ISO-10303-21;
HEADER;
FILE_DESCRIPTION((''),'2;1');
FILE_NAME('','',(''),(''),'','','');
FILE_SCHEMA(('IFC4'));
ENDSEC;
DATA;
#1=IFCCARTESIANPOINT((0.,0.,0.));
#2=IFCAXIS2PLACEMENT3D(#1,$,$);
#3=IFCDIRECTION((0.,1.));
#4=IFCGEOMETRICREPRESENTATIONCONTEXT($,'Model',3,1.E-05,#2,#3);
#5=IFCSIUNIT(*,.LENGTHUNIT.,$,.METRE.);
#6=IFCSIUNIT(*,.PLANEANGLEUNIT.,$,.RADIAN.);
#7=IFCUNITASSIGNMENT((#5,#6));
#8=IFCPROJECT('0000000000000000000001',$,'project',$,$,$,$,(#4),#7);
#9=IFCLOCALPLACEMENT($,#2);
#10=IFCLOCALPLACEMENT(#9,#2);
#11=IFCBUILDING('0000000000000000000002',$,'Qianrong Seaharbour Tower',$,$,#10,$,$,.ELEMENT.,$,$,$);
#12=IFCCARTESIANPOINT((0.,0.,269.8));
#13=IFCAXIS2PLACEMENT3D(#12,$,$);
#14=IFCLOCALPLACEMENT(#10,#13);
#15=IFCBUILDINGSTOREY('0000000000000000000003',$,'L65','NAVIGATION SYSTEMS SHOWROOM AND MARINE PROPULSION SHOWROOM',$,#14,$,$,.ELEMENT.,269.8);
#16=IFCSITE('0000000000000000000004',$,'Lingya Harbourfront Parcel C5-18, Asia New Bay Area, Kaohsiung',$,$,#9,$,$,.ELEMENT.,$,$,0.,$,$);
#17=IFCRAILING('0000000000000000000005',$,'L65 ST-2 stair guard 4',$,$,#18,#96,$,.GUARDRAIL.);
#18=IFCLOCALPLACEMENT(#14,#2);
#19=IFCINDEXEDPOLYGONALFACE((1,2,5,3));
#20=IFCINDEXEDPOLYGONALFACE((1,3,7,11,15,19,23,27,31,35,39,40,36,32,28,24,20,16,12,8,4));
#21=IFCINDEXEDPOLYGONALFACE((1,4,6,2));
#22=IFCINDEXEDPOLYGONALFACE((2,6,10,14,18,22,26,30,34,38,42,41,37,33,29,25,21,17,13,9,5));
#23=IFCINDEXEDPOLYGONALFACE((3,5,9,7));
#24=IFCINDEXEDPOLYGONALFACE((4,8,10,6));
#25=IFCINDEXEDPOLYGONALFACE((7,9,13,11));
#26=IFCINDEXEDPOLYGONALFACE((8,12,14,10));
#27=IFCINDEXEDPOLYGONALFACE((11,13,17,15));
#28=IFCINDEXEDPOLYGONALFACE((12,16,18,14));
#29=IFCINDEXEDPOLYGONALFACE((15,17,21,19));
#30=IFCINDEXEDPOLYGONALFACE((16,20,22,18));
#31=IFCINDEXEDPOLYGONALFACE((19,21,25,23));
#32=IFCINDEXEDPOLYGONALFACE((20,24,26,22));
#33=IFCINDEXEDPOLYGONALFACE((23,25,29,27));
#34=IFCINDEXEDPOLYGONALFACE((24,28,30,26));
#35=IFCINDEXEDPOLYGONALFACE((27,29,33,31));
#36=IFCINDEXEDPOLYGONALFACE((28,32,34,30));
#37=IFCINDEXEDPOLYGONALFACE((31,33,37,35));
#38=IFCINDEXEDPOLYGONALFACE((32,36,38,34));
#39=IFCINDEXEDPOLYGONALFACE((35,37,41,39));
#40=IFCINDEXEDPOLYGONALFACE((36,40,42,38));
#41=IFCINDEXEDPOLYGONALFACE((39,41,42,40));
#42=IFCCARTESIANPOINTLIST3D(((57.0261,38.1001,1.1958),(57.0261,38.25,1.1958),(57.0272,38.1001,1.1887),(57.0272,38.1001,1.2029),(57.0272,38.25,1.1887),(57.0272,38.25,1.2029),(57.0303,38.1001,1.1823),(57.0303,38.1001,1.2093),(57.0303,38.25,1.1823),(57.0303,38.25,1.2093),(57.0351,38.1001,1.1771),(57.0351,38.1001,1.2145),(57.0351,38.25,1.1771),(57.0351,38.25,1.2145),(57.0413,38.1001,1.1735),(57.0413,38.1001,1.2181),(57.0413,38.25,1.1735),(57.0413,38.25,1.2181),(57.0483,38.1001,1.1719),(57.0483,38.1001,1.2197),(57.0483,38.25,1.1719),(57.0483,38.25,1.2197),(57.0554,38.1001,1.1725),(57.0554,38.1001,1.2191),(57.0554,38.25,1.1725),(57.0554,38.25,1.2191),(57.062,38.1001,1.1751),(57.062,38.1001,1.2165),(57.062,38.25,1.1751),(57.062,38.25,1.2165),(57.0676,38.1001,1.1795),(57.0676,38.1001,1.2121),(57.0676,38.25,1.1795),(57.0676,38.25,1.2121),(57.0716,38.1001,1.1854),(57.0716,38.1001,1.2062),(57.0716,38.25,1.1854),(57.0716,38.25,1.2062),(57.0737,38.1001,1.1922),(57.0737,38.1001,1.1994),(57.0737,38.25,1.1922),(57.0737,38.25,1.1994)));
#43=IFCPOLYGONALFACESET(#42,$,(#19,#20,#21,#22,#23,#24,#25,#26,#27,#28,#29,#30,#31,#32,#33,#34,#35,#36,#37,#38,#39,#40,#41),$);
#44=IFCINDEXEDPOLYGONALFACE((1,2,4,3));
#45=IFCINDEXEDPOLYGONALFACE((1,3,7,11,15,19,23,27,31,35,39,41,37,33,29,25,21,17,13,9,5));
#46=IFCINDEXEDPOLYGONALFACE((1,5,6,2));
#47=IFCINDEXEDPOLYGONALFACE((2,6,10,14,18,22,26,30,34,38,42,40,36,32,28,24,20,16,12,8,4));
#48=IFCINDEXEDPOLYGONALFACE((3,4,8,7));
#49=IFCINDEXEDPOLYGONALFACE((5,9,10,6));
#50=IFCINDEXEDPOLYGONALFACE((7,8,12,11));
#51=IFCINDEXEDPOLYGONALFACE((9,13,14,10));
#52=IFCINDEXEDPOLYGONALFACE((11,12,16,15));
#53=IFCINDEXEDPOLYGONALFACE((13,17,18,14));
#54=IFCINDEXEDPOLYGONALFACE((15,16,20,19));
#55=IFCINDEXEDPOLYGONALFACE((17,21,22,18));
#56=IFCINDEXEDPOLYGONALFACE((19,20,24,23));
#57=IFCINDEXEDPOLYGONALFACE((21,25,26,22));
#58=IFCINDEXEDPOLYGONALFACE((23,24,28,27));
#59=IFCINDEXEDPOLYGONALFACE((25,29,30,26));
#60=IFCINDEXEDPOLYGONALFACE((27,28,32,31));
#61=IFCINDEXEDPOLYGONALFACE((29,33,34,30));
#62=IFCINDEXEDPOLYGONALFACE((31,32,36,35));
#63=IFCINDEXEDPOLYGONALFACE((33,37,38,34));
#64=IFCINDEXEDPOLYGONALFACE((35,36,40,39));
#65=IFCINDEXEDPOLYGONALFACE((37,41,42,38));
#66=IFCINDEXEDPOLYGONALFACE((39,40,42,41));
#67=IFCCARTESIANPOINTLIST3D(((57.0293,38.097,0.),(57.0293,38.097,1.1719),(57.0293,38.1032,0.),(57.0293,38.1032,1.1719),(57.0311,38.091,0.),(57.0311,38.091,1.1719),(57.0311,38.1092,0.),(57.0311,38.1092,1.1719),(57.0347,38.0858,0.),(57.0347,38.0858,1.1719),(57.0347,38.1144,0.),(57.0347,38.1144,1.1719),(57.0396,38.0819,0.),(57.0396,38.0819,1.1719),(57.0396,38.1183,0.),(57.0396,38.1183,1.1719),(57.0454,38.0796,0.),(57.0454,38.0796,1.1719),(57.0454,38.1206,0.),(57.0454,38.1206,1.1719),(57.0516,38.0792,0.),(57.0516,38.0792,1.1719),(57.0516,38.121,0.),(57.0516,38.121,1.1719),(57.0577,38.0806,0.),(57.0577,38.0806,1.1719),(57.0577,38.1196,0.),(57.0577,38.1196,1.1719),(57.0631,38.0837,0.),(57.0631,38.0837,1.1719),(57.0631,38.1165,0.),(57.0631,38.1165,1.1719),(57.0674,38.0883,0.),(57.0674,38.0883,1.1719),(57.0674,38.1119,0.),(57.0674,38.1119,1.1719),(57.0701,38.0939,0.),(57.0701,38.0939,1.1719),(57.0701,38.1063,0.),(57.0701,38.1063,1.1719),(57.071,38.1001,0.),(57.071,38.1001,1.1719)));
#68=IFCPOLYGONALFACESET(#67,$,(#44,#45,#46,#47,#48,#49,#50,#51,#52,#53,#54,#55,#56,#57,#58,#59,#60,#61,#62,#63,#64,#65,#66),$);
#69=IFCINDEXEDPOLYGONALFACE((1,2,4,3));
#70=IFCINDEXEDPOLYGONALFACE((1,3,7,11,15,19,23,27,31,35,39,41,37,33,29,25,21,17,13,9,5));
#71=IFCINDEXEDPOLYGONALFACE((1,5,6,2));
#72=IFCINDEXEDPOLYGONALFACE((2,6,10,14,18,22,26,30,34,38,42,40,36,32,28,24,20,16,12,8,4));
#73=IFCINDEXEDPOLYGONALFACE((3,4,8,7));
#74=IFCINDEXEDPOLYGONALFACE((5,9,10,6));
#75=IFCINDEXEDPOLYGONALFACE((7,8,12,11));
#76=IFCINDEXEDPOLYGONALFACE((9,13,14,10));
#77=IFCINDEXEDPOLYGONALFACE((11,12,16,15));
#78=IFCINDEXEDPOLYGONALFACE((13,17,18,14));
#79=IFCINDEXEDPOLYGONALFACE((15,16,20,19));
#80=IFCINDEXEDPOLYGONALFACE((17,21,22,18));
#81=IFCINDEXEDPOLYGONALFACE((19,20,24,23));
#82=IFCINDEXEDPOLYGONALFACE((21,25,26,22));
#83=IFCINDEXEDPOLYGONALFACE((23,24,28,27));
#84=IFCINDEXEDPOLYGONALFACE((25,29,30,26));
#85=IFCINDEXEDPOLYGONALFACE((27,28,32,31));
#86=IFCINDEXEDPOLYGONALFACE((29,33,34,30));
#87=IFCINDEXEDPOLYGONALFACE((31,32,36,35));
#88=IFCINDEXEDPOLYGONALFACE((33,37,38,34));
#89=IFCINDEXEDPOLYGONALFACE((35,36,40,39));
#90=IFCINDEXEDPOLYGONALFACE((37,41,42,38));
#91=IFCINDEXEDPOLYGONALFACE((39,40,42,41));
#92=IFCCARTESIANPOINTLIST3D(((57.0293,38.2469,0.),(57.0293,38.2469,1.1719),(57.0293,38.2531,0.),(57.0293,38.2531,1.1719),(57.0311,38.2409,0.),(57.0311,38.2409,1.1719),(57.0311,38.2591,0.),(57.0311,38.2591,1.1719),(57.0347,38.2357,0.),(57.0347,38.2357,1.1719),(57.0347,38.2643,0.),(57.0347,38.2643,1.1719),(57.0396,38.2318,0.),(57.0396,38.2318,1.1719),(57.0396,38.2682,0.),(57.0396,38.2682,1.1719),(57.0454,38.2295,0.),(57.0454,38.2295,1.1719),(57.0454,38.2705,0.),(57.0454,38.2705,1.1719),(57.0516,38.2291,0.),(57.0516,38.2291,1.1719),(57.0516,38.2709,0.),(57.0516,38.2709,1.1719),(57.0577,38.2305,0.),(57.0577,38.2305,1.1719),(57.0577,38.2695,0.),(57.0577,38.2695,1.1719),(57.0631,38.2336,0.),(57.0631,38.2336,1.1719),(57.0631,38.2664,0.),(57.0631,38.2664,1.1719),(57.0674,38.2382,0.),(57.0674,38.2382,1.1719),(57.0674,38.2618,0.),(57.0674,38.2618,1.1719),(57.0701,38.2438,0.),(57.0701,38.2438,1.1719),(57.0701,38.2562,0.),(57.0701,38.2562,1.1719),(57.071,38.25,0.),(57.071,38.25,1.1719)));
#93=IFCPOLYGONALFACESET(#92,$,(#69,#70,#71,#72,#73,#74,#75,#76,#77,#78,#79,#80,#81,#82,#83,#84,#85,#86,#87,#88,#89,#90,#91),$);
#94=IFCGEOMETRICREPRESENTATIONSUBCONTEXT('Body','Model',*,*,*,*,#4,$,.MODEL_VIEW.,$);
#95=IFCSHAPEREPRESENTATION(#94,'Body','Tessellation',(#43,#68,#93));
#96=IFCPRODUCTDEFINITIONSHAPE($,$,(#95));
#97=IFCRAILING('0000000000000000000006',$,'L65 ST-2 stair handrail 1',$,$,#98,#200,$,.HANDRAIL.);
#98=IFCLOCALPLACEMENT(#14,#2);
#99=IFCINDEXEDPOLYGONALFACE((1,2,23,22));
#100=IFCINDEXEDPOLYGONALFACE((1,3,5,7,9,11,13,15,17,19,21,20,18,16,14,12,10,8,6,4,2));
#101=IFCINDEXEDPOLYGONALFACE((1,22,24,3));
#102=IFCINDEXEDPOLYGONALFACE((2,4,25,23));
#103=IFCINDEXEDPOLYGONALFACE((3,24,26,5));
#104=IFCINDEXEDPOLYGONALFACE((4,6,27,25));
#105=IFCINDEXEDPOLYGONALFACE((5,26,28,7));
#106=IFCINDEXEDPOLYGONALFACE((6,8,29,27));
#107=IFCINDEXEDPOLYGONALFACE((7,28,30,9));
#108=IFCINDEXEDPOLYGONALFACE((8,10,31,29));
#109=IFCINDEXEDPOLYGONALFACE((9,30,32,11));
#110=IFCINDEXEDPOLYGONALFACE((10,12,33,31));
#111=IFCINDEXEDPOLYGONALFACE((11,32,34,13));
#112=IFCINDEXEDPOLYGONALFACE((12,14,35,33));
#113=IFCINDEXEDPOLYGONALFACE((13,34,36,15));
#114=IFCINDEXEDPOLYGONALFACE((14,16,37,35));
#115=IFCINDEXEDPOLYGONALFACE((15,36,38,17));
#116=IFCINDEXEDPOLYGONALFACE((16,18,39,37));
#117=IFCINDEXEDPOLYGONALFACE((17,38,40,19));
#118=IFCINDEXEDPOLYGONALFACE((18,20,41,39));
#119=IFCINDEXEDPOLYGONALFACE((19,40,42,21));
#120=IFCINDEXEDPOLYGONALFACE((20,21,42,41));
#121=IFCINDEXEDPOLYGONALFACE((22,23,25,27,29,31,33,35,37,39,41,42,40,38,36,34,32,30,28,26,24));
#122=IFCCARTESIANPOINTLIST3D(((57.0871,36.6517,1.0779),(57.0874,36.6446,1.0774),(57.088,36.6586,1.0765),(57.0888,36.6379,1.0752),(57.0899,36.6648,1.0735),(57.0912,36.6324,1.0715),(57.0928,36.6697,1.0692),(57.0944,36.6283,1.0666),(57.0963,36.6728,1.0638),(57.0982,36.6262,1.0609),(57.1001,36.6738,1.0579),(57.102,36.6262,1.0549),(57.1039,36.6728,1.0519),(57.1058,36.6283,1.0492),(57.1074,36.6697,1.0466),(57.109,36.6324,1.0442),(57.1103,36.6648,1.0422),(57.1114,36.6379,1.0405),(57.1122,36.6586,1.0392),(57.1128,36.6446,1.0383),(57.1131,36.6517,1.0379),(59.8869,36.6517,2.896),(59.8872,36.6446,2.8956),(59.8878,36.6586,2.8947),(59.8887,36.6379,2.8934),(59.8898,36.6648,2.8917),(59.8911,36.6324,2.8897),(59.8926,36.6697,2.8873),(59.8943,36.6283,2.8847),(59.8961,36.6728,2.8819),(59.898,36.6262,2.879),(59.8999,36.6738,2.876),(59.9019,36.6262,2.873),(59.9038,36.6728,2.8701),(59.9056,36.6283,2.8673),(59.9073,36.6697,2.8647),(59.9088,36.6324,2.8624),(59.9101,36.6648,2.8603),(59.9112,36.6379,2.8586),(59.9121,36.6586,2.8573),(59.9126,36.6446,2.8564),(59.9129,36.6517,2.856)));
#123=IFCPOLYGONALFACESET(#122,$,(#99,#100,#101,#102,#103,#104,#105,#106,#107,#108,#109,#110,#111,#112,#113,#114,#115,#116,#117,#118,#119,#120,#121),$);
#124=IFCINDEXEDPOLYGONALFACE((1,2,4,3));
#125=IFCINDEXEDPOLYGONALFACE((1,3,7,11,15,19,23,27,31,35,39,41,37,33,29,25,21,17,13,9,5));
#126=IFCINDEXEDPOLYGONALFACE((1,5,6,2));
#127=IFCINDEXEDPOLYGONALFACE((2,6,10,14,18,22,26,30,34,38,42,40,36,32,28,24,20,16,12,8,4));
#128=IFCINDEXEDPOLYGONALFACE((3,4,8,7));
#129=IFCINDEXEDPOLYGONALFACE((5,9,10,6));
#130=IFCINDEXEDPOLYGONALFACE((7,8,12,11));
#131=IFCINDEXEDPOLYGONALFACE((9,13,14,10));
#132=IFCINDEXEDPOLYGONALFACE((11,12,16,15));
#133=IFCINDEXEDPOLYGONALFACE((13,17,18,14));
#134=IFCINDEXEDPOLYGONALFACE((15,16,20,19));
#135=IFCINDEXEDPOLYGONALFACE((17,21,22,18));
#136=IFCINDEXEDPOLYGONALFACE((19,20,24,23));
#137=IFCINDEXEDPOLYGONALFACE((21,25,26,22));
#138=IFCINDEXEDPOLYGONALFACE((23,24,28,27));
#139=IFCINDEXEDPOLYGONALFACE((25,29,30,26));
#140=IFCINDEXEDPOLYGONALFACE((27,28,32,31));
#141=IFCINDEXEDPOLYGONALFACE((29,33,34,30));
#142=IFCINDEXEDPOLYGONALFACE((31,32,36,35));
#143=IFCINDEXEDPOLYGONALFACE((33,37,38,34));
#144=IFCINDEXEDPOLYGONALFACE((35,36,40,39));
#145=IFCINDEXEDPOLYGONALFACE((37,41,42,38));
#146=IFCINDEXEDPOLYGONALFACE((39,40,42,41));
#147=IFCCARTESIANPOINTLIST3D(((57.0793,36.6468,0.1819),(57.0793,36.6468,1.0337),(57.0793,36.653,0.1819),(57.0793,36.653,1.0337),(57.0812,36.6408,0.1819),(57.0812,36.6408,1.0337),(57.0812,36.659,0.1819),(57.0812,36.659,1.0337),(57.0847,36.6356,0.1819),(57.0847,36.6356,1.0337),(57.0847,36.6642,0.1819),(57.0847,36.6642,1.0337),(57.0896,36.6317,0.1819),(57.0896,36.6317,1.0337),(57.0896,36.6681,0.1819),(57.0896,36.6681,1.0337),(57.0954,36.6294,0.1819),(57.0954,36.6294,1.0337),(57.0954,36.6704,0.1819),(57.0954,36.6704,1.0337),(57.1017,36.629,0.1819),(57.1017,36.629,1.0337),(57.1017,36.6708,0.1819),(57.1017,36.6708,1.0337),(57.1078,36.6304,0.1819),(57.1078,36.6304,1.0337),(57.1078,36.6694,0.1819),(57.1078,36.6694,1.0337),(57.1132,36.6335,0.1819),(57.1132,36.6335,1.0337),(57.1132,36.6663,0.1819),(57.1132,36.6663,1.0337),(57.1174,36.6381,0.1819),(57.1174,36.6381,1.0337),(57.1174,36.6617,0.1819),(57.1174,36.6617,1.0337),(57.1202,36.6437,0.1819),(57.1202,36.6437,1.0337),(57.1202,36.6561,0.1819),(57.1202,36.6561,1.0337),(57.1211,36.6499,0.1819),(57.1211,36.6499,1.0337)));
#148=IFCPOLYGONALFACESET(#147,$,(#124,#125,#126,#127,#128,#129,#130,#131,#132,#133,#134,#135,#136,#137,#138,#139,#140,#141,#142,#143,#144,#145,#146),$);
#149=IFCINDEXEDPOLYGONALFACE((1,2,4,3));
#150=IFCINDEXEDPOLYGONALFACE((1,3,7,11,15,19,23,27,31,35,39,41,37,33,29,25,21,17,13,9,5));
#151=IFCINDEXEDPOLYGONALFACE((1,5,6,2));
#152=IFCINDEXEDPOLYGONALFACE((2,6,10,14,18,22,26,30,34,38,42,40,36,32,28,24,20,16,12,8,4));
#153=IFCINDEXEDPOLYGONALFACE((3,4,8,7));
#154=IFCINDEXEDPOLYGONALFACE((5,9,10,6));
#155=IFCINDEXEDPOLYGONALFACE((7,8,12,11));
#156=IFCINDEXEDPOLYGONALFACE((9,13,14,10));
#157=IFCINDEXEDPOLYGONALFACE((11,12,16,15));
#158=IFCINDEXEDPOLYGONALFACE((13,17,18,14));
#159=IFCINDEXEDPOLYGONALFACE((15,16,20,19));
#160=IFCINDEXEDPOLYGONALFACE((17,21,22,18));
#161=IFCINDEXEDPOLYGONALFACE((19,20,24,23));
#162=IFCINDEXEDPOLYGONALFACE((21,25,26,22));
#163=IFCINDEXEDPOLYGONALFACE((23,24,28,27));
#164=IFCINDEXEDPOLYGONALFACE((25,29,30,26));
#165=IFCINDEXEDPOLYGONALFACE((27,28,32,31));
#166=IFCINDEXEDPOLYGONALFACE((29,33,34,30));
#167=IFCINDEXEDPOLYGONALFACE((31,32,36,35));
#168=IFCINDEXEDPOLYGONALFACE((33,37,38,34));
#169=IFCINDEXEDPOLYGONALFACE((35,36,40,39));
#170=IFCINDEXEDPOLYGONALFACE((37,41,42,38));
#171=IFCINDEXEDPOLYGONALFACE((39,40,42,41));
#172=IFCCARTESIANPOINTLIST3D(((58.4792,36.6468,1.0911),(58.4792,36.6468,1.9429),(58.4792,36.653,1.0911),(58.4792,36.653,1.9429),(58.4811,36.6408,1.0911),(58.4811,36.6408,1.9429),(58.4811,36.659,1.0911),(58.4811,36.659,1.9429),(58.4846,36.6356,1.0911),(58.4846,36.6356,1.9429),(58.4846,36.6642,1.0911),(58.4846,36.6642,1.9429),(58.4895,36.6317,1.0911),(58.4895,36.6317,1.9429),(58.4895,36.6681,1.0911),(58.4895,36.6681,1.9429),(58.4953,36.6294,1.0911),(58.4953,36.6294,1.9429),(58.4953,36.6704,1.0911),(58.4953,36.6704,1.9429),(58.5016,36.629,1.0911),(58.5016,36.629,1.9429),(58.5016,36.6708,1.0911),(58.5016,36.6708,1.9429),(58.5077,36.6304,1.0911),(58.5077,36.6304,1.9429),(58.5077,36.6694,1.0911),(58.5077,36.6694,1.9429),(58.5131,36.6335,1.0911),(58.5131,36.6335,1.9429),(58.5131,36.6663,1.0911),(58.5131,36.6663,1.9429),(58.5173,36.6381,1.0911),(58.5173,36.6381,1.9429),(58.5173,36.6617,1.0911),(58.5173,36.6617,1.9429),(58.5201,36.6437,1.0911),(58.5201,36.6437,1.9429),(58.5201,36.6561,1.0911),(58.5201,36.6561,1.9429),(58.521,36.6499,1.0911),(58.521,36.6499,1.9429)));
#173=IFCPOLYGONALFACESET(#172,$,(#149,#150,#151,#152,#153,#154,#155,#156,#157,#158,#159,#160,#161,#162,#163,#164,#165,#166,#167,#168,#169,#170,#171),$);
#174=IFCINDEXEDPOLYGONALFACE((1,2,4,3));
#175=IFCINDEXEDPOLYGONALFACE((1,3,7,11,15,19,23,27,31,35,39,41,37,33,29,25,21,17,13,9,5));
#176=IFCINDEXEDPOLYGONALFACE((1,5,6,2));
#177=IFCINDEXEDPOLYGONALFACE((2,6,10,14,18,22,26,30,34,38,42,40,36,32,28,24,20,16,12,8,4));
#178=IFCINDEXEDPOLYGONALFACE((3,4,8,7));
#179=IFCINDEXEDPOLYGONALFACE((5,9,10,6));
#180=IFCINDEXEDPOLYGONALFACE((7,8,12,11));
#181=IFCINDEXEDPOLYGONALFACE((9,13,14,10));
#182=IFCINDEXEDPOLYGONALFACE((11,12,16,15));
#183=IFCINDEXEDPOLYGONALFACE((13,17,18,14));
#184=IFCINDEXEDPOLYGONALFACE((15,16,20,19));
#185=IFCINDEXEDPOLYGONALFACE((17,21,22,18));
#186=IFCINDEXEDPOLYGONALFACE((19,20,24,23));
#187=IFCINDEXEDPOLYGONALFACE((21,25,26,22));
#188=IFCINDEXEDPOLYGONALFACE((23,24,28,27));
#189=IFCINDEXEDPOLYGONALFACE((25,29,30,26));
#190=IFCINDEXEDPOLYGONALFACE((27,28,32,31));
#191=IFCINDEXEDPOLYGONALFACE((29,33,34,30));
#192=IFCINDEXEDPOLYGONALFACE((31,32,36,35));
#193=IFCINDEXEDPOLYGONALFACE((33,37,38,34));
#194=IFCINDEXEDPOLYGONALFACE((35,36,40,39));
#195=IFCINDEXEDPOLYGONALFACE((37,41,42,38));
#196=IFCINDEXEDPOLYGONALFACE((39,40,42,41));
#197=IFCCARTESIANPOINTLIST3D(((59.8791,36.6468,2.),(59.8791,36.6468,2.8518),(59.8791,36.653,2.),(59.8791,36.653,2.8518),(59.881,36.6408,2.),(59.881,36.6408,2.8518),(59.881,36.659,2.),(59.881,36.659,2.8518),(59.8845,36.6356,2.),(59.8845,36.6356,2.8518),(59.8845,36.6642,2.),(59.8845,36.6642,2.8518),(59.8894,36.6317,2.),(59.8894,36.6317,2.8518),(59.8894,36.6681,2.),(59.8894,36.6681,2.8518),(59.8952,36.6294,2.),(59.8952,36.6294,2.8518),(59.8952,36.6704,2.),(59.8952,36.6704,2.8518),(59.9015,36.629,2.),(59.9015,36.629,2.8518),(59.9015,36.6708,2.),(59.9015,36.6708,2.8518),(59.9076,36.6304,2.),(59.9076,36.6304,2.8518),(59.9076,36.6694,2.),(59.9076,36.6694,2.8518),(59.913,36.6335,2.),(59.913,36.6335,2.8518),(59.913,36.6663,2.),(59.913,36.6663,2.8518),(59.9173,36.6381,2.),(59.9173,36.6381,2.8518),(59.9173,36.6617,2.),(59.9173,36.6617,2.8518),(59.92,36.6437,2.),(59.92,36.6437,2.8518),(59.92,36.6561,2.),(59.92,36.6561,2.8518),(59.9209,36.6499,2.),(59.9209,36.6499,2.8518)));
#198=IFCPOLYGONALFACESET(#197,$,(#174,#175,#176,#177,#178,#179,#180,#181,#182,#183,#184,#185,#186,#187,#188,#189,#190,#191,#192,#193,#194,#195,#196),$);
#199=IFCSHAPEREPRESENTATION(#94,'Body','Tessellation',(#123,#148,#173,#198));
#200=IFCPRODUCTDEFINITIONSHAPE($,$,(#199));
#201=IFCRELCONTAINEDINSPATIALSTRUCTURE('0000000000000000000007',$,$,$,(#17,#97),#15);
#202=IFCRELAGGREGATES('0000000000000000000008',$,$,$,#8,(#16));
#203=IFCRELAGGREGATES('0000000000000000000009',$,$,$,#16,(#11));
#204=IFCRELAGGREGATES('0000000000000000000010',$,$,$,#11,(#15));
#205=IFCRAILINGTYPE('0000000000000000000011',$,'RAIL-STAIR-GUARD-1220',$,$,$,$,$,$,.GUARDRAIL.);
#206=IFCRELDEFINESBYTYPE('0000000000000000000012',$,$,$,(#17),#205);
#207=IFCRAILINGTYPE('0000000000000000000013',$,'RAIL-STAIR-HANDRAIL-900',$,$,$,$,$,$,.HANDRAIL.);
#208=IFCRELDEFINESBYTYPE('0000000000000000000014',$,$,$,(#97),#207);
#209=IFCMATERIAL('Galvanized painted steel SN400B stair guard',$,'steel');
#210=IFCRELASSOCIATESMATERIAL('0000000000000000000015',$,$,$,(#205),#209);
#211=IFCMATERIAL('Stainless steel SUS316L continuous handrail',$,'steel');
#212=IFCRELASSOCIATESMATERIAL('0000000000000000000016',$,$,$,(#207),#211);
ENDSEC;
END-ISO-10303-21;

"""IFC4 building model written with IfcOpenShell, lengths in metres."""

from ifc_helpers import new_model, si_unit, direction, frame, origin, origin_2d, place, context, subcontext, project, spatial, circle, extrude, material, type_object, element, save


model = new_model("IFC4")

# Units and contexts
model_context = context("Model", 3, precision=1e-05, world=origin(), true_north=direction((0.0, 1.0)))
body_context = subcontext(model_context, "Body", "Model", "MODEL_VIEW")
ifc_project = project(units=[si_unit("LENGTHUNIT", "METRE"), si_unit("PLANEANGLEUNIT", "RADIAN")], contexts=[model_context])

# Site, building, storey
site_placement = place(None, origin())
site = spatial("IfcSite", under=ifc_project, at=site_placement, Name="Lingya Harbourfront Parcel C5-18, Asia New Bay Area, Kaohsiung", CompositionType="ELEMENT", RefElevation=0.0)
building_placement = place(site_placement, origin())
building = spatial("IfcBuilding", under=site, at=building_placement, Name="Qianrong Seaharbour Tower", CompositionType="ELEMENT")
storey_placement = place(building_placement, frame((0.0, 0.0, 269.8)))
storey = spatial("IfcBuildingStorey", under=building, at=storey_placement, Name="L65", Description="NAVIGATION SYSTEMS SHOWROOM AND MARINE PROPULSION SHOWROOM", CompositionType="ELEMENT", Elevation=269.8)

# Railings
ifc_material_1 = material(Name="Galvanized painted steel SN400B stair guard", Category="steel")
railing_type_1 = type_object("IfcRailingType", Name="RAIL-STAIR-GUARD-1220", PredefinedType="GUARDRAIL", material=ifc_material_1)
railing_1_placement = place(storey_placement, frame((57.05, 38.1001, 0.0)))
element("IfcRailing", 1, at=railing_1_placement, inside=storey, type_object=railing_type_1, Name="L65 ST-2 stair guard 4", PredefinedType="GUARDRAIL", context=body_context, shape_type="SweptSolid", body=[
    extrude(circle(Radius=0.0239, at=origin_2d()), frame((0.0, 0.0, 1.1958), z_axis=(0.0, 1.0, 0.0), x_axis=(-1.0, 0.0, 0.0)), (0.0, 0.0, 1.0), 0.1499),
    extrude(circle(Radius=0.021, at=origin_2d()), origin(), (0.0, 0.0, 1.0), 1.1719),
    extrude(circle(Radius=0.021, at=origin_2d()), frame((0.0, 0.1499, 0.0)), (0.0, 0.0, 1.0), 1.1719),
])
ifc_material_2 = material(Name="Stainless steel SUS316L continuous handrail", Category="steel")
railing_type_2 = type_object("IfcRailingType", Name="RAIL-STAIR-HANDRAIL-900", PredefinedType="HANDRAIL", material=ifc_material_2)
railing_2_placement = place(storey_placement, frame((57.1001, 36.6499, 0.1819)))
element("IfcRailing", 2, at=railing_2_placement, inside=storey, type_object=railing_type_2, Name="L65 ST-2 stair handrail 1", PredefinedType="HANDRAIL", context=body_context, shape_type="SweptSolid", body=[
    extrude(circle(Radius=0.0239, at=origin_2d()), frame((0.0, 0.0, 0.876), z_axis=(0.838684, 0.0, 0.544618), x_axis=(0.0, 1.0, 0.0)), (0.0, 0.0, 1.0), 3.3384),
    extrude(circle(Radius=0.021, at=origin_2d()), origin(), (0.0, 0.0, 1.0), 0.8518),
    extrude(circle(Radius=0.021, at=origin_2d()), frame((1.3999, 0.0, 0.9092)), (0.0, 0.0, 1.0), 0.8518),
    extrude(circle(Radius=0.021, at=origin_2d()), frame((2.7998, 0.0, 1.8181)), (0.0, 0.0, 1.0), 0.8518),
])

save(model, "model.ifc")
